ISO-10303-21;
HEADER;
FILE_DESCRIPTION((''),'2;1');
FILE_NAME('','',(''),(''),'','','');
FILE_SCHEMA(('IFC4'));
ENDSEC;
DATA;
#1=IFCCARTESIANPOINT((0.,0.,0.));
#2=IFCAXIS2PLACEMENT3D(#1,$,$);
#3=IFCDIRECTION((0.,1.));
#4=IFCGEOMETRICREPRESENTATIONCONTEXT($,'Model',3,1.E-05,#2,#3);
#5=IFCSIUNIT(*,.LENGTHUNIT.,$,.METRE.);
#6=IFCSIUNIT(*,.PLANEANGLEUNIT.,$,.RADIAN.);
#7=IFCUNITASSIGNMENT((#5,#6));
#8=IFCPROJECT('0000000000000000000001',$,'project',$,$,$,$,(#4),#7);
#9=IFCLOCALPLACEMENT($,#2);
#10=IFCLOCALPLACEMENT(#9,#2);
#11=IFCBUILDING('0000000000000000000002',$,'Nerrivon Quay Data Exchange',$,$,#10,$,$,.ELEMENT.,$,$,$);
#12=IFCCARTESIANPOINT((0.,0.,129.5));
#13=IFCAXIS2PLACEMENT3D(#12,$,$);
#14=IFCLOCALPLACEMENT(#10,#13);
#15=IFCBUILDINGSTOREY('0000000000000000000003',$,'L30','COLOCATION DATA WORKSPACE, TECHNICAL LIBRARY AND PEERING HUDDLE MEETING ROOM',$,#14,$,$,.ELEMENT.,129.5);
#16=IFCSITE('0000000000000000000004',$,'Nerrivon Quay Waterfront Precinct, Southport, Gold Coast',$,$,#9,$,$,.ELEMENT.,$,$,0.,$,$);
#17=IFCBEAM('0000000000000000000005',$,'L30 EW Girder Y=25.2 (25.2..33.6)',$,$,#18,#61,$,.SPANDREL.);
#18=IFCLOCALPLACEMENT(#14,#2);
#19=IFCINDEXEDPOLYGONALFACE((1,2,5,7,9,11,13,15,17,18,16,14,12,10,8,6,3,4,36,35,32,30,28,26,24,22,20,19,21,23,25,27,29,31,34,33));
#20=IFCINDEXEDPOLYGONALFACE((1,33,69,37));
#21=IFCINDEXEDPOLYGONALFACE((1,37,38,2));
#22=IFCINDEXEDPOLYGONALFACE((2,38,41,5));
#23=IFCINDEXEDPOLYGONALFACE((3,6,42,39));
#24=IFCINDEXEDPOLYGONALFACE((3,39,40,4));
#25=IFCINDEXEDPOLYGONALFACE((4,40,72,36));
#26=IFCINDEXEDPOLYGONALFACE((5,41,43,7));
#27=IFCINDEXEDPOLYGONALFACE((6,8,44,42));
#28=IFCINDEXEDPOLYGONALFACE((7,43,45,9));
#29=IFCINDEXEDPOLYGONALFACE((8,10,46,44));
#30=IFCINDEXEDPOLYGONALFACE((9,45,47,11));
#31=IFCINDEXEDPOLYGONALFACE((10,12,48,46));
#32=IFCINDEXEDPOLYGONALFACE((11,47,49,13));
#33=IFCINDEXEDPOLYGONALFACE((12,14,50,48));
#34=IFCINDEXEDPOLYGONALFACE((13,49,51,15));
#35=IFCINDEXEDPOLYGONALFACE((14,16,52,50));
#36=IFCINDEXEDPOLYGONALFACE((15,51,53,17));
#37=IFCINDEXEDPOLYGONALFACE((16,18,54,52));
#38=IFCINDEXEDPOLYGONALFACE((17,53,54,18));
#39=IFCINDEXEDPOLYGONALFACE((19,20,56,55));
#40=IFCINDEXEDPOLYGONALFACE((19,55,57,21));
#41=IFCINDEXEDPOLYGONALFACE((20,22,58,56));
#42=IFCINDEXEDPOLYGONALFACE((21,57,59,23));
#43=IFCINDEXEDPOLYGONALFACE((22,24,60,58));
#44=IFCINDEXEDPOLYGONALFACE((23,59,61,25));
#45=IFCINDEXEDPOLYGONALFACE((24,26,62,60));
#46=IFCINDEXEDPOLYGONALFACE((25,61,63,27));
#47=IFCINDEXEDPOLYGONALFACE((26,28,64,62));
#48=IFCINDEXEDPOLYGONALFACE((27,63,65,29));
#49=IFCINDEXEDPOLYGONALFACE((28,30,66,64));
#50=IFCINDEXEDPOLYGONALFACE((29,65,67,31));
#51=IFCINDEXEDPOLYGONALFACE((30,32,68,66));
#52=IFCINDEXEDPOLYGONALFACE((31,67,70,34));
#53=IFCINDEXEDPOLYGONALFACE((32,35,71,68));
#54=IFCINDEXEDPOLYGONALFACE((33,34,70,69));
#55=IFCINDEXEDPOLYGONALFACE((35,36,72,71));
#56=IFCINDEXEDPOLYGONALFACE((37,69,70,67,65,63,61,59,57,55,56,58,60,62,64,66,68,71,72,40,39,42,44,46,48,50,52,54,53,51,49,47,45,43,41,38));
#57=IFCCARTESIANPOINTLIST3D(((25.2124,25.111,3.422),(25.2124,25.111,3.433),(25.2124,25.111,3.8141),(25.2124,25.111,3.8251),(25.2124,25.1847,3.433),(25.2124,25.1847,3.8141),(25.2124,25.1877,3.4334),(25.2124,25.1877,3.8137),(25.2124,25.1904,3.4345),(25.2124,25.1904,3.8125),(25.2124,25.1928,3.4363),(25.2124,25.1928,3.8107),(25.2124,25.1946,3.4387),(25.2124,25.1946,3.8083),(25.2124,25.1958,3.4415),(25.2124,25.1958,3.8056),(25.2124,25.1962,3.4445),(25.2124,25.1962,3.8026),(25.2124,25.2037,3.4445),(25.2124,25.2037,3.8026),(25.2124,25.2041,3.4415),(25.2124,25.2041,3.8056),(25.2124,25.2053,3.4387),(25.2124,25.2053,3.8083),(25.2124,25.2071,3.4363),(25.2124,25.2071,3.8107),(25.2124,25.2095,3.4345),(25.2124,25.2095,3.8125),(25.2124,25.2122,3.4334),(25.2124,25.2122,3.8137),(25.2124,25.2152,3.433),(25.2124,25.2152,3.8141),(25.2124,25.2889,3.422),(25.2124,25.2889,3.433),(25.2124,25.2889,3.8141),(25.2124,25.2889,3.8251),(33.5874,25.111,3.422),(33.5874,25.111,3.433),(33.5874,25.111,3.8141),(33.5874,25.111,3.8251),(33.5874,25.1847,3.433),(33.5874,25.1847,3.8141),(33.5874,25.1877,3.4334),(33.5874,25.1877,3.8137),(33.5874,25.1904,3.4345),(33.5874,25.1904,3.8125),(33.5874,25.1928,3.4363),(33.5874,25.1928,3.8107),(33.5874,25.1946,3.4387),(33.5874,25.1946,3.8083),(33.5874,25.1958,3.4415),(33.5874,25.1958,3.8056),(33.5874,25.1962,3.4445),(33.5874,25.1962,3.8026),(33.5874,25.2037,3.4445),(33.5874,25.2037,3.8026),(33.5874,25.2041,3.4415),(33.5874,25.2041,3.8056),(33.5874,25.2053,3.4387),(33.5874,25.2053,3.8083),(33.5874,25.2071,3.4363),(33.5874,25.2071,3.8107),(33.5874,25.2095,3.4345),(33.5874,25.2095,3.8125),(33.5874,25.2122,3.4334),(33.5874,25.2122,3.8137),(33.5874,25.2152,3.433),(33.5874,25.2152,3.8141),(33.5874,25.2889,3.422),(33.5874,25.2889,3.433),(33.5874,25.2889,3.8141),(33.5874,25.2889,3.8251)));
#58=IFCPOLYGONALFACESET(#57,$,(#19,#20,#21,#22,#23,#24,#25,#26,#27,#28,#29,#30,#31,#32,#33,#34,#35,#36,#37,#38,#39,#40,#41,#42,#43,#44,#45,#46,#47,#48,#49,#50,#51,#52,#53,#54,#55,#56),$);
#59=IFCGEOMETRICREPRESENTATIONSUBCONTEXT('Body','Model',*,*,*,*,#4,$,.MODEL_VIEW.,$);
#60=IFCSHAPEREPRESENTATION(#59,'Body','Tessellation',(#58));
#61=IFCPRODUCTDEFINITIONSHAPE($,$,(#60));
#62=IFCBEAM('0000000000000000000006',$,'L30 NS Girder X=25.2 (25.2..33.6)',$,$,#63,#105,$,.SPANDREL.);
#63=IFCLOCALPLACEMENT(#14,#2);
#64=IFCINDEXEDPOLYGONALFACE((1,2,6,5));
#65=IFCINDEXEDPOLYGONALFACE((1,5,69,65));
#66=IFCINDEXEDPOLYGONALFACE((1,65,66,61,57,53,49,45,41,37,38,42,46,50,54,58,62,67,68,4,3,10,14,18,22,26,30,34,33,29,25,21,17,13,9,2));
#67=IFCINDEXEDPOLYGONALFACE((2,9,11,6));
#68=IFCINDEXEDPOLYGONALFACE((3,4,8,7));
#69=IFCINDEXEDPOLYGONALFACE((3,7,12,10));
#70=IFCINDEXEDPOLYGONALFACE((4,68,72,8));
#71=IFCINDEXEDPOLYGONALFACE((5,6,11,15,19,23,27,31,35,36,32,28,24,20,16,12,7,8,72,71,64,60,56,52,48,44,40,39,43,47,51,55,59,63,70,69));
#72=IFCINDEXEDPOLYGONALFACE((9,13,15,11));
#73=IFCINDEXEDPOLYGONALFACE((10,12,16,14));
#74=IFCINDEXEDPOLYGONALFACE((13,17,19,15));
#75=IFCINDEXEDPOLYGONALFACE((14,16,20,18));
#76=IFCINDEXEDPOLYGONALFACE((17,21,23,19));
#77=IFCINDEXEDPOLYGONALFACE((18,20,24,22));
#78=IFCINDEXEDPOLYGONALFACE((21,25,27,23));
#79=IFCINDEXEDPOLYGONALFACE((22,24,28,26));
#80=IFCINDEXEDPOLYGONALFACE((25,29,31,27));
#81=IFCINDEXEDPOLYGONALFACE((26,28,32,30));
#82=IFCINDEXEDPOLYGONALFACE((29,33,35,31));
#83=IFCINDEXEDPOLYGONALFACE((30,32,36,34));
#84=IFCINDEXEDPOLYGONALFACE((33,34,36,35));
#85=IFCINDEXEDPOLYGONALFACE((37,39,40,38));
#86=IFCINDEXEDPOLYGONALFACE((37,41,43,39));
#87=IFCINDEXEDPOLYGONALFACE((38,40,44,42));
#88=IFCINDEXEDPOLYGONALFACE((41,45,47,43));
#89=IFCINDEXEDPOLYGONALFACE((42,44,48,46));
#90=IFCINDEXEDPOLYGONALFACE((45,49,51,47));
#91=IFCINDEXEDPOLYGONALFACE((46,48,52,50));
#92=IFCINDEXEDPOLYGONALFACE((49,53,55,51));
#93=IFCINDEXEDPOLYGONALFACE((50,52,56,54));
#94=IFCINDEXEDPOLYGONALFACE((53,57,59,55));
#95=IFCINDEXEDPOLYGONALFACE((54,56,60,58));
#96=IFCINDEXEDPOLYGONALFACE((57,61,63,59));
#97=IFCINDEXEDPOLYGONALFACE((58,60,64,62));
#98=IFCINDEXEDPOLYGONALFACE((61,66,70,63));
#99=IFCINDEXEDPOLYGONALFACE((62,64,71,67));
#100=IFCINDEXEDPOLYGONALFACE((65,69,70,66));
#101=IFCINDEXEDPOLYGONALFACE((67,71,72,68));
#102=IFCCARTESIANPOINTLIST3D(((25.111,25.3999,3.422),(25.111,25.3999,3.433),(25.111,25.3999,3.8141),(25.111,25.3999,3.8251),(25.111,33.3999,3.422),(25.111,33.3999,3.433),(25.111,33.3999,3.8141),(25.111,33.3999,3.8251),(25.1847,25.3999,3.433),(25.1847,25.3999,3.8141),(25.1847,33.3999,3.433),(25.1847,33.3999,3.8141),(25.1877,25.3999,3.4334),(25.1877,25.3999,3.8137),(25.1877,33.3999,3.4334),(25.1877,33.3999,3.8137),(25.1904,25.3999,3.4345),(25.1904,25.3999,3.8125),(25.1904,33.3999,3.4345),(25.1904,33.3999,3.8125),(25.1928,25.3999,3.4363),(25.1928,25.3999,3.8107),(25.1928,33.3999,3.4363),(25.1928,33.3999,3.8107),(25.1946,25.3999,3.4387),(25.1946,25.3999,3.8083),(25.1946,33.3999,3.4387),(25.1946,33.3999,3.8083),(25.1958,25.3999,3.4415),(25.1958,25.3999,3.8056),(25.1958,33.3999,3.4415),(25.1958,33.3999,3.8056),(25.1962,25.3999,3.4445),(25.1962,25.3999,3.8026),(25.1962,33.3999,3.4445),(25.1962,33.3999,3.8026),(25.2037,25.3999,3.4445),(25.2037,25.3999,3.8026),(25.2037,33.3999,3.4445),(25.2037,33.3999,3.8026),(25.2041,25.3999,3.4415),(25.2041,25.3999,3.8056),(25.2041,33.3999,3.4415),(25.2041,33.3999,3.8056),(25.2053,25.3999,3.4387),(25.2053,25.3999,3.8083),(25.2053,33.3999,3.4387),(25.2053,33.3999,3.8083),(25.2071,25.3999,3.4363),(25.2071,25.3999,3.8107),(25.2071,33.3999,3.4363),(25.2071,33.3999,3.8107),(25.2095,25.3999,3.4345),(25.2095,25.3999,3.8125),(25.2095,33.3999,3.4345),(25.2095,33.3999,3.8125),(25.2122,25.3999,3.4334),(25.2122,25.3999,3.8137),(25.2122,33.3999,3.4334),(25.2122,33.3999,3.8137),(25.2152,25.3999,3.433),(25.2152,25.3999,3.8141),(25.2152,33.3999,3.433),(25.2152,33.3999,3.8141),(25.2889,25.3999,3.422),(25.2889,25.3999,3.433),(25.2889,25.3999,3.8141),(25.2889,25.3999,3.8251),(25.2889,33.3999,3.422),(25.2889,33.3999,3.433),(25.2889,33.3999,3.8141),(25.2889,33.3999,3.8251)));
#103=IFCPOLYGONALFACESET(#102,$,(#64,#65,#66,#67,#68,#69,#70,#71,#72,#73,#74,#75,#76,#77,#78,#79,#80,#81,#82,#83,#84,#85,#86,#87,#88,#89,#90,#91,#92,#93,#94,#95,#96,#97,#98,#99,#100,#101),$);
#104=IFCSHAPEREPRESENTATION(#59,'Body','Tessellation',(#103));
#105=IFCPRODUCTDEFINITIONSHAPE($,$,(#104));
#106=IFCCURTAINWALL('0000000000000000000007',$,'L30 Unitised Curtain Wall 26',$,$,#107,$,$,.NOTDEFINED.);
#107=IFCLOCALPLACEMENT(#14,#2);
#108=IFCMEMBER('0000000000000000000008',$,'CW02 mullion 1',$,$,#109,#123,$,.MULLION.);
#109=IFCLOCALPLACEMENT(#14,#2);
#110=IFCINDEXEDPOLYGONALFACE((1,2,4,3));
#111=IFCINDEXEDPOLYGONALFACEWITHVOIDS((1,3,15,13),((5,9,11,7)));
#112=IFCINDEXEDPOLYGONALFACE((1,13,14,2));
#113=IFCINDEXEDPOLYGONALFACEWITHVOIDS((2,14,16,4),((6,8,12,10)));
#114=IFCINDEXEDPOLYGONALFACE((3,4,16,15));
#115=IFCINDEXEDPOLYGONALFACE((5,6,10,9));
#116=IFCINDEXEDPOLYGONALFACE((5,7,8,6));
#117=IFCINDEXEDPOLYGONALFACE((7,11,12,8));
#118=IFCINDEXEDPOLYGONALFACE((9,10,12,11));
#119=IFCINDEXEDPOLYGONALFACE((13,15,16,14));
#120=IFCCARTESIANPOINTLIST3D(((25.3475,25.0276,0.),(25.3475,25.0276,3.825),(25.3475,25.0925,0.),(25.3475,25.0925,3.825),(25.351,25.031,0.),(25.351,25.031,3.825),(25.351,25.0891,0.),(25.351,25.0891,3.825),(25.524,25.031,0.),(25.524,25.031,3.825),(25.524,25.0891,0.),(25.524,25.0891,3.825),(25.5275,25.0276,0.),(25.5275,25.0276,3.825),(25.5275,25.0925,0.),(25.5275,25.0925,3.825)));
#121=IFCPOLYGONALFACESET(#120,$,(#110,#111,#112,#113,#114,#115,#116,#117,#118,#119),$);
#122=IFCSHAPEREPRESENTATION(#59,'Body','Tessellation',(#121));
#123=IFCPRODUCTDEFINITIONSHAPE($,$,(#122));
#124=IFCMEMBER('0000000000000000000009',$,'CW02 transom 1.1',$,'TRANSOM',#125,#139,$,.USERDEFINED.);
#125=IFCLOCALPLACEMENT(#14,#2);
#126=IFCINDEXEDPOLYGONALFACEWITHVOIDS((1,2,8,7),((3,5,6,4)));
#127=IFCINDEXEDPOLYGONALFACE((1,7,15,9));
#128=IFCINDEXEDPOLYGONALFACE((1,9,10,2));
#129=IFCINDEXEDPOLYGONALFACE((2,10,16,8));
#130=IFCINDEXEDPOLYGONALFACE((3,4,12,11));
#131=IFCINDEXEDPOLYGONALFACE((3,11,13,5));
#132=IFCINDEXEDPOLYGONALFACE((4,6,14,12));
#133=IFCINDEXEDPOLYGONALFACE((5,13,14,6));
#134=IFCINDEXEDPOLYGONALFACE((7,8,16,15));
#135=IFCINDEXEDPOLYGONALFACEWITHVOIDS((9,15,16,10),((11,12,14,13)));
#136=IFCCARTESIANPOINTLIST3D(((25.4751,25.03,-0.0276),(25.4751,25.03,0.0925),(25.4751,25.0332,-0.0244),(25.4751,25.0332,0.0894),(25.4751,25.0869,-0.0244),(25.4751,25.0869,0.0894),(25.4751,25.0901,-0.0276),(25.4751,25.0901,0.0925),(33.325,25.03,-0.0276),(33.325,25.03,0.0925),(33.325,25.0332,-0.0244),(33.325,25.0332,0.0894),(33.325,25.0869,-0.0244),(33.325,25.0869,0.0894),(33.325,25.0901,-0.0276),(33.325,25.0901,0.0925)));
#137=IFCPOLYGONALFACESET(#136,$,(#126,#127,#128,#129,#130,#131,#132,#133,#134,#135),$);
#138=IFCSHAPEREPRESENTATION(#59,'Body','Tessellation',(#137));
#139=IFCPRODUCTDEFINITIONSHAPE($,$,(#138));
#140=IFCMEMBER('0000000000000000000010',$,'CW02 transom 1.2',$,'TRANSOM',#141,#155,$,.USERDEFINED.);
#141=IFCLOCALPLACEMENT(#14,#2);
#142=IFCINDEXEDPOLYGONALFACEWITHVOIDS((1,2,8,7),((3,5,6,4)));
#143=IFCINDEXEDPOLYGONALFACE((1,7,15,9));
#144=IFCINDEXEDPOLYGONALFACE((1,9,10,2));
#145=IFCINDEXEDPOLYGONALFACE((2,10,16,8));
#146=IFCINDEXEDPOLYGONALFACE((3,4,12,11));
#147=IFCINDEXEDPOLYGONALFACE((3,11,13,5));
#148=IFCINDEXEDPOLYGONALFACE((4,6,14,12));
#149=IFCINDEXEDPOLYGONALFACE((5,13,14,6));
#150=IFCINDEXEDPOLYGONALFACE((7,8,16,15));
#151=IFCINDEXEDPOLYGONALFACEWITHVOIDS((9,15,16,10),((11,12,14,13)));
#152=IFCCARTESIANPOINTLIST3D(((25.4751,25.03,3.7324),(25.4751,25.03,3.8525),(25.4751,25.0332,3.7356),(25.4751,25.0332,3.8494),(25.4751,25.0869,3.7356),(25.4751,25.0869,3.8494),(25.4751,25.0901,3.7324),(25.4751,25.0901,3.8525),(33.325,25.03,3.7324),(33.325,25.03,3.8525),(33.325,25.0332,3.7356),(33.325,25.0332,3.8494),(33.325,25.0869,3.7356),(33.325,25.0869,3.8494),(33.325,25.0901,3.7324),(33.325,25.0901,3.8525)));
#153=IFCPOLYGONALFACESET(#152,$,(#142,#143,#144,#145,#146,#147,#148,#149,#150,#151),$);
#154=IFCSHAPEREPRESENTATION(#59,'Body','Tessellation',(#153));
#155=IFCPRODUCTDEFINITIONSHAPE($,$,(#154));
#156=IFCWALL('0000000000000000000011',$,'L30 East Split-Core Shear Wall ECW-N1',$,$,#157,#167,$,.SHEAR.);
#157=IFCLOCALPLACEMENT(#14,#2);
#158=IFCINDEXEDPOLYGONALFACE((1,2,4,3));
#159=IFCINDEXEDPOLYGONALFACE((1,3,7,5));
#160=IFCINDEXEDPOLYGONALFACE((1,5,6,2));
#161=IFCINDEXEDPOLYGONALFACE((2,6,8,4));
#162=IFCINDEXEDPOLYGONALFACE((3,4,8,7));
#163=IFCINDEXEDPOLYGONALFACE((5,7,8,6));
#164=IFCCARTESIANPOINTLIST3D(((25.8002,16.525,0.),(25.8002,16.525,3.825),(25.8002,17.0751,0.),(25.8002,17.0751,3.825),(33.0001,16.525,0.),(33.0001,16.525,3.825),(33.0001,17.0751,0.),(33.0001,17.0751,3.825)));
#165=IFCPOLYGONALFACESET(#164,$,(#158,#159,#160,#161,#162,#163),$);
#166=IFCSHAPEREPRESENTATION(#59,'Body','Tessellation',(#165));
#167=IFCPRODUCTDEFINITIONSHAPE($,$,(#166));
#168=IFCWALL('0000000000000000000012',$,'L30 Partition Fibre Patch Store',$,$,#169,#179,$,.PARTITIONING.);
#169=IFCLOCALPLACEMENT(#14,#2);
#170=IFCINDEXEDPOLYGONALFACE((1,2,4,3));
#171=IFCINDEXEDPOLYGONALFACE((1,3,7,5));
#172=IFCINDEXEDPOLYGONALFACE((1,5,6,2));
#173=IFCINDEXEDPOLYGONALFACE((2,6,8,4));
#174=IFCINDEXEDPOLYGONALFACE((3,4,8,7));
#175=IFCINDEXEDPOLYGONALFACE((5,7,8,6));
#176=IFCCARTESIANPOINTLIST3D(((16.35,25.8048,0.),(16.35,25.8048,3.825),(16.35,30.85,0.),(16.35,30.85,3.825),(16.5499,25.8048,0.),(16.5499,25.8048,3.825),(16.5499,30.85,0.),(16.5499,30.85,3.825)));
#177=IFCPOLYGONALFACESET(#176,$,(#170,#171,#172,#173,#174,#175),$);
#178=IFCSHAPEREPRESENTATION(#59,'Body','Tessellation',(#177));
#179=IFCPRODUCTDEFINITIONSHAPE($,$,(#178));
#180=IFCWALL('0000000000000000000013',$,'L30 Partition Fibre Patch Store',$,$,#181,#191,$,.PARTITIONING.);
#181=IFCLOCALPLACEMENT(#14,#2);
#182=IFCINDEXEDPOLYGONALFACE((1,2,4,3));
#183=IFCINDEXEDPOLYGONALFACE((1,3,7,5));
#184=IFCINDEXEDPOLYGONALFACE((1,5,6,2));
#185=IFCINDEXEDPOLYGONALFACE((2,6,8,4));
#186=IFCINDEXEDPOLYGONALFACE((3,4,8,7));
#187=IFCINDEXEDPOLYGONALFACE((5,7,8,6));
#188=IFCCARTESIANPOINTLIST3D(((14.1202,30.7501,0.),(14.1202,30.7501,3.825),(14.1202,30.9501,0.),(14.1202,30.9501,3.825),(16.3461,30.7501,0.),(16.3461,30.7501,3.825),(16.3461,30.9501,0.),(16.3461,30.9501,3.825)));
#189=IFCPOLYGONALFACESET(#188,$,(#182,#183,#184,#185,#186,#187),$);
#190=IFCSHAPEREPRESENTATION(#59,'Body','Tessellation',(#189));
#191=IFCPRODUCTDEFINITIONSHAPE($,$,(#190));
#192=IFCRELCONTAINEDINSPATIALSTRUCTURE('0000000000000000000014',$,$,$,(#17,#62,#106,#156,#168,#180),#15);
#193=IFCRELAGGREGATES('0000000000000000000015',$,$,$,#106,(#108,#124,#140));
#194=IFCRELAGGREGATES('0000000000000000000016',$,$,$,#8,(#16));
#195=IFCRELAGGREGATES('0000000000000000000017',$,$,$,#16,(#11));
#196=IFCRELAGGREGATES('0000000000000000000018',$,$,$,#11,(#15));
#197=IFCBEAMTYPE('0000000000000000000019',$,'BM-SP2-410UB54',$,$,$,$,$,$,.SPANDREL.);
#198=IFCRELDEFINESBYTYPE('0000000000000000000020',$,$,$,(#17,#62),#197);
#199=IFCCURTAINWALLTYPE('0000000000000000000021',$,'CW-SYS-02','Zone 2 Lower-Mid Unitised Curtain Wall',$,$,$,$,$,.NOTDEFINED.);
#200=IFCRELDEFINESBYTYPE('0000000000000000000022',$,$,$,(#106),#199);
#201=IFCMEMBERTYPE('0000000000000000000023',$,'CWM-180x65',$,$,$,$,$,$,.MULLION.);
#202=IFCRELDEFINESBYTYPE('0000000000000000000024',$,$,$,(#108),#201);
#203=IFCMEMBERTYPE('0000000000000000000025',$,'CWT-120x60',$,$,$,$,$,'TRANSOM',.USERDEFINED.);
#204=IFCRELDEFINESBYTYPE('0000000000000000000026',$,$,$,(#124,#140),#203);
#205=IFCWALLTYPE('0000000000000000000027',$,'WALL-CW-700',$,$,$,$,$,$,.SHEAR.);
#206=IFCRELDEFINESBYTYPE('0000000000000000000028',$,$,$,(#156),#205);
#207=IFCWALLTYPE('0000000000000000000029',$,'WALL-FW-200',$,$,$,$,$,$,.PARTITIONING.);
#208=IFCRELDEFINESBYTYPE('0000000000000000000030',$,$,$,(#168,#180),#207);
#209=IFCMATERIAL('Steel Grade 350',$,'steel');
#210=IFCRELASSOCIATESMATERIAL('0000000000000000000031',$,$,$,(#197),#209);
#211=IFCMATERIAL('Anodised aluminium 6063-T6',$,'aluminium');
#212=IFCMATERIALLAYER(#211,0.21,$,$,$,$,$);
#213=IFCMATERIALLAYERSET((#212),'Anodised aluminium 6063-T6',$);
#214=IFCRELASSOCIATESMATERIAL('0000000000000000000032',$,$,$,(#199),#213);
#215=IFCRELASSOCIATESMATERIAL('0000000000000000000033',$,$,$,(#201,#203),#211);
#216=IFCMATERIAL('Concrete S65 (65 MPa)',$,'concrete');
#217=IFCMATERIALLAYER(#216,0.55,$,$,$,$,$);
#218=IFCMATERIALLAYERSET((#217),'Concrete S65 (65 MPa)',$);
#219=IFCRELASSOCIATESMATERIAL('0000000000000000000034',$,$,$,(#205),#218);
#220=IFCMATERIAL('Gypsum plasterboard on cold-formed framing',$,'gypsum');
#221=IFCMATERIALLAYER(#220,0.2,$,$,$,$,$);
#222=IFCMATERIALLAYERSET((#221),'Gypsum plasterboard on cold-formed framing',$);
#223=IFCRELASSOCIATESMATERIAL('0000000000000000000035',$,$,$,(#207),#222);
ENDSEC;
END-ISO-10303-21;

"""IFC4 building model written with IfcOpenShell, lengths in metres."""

from ifc_helpers import new_model, si_unit, direction, frame, frame_2d, origin, origin_2d, place, context, subcontext, project, spatial, rectangle, hollow_rectangle, i_section, extrude, material, layer, layer_set, material_profile, profile_set, type_object, element, aggregate, save


model = new_model("IFC4")

# Units and contexts
model_context = context("Model", 3, precision=1e-05, world=origin(), true_north=direction((0.0, 1.0)))
body_context = subcontext(model_context, "Body", "Model", "MODEL_VIEW")
ifc_project = project(units=[si_unit("LENGTHUNIT", "METRE"), si_unit("PLANEANGLEUNIT", "RADIAN")], contexts=[model_context])

# Site, building, storey
site_placement = place(None, origin())
site = spatial("IfcSite", under=ifc_project, at=site_placement, Name="Nerrivon Quay Waterfront Precinct, Southport, Gold Coast", CompositionType="ELEMENT", RefElevation=0.0)
building_placement = place(site_placement, origin())
building = spatial("IfcBuilding", under=site, at=building_placement, Name="Nerrivon Quay Data Exchange", CompositionType="ELEMENT")
storey_placement = place(building_placement, frame((0.0, 0.0, 129.5)))
storey = spatial("IfcBuildingStorey", under=building, at=storey_placement, Name="L30", Description="COLOCATION DATA WORKSPACE, TECHNICAL LIBRARY AND PEERING HUDDLE MEETING ROOM", CompositionType="ELEMENT", Elevation=129.5)

# Shared definitions
ifc_material_1 = material(Name="Concrete S65 (65 MPa)", Category="concrete")
ifc_material_2 = material(Name="Steel Grade 350", Category="steel")

# Beams
ifc_material_profile_1 = material_profile(ifc_material_2, i_section(OverallWidth=0.178, OverallDepth=0.4031, WebThickness=0.0076, FlangeThickness=0.011, FilletRadius=0.0115, at=origin_2d()), Name="410UB53.7")
ifc_profile_set_1 = profile_set([ifc_material_profile_1], Name="Steel Grade 350")
beam_type_1 = type_object("IfcBeamType", Name="BM-SP2-410UB54", PredefinedType="SPANDREL", material=ifc_profile_set_1)
beam_1_placement = place(storey_placement, frame((25.2124, 25.2, 3.6235), z_axis=(1.0, 0.0, 0.0), x_axis=(0.0, 1.0, 0.0)))
element("IfcBeam", 1, at=beam_1_placement, inside=storey, type_object=beam_type_1, Name="L30 EW Girder Y=25.2 (25.2..33.6)", PredefinedType="SPANDREL", context=body_context, shape_type="SweptSolid", body=[
    extrude(i_section(OverallWidth=0.178, OverallDepth=0.4031, WebThickness=0.0076, FlangeThickness=0.011, FilletRadius=0.0115, at=origin_2d()), origin(), (0.0, 0.0, 1.0), 8.375),
])
beam_2_placement = place(storey_placement, frame((25.2, 25.3999, 3.6235), z_axis=(0.0, 1.0, 0.0), x_axis=(-1.0, 0.0, 0.0)))
element("IfcBeam", 2, at=beam_2_placement, inside=storey, type_object=beam_type_1, Name="L30 NS Girder X=25.2 (25.2..33.6)", PredefinedType="SPANDREL", context=body_context, shape_type="SweptSolid", body=[
    extrude(i_section(OverallWidth=0.178, OverallDepth=0.4031, WebThickness=0.0076, FlangeThickness=0.011, FilletRadius=0.0115, at=origin_2d()), origin(), (0.0, 0.0, 1.0), 8.0),
])

# Curtain wall, members
ifc_material_3 = material(Name="Anodised aluminium 6063-T6", Category="aluminium")
ifc_layer_1 = layer(ifc_material_3, 0.21)
ifc_layer_set_1 = layer_set([ifc_layer_1], Name="Anodised aluminium 6063-T6")
curtain_wall_type = type_object("IfcCurtainWallType", Name="CW-SYS-02", Description="Zone 2 Lower-Mid Unitised Curtain Wall", PredefinedType="NOTDEFINED", material=ifc_layer_set_1)
curtain_wall_placement = place(storey_placement, origin())
curtain_wall = element("IfcCurtainWall", 3, at=curtain_wall_placement, inside=storey, type_object=curtain_wall_type, Name="L30 Unitised Curtain Wall 26", PredefinedType="NOTDEFINED")
ifc_material_profile_2 = material_profile(ifc_material_3, hollow_rectangle(XDim=0.0649, YDim=0.1799, WallThickness=0.0034, at=origin_2d()), Name="ALU-MULL-180x65")
ifc_profile_set_2 = profile_set([ifc_material_profile_2], Name="Anodised aluminium 6063-T6")
member_type_1 = type_object("IfcMemberType", Name="CWM-180x65", PredefinedType="MULLION", material=ifc_profile_set_2)
member_1_placement = place(storey_placement, frame((25.4375, 25.0601, 0.0), z_axis=(0.0, 0.0, 1.0), x_axis=(0.0, 1.0, 0.0)))
member_1 = element("IfcMember", 4, at=member_1_placement, type_object=member_type_1, Name="CW02 mullion 1", PredefinedType="MULLION", context=body_context, shape_type="SweptSolid", body=[
    extrude(hollow_rectangle(XDim=0.0649, YDim=0.1799, WallThickness=0.0034, at=origin_2d()), origin(), (0.0, 0.0, 1.0), 3.825),
])
ifc_material_profile_3 = material_profile(ifc_material_3, hollow_rectangle(XDim=0.0601, YDim=0.1201, WallThickness=0.0032, at=origin_2d()), Name="ALU-TRAN-120x60")
ifc_profile_set_3 = profile_set([ifc_material_profile_3], Name="Anodised aluminium 6063-T6")
member_type_2 = type_object("IfcMemberType", Name="CWT-120x60", ElementType="TRANSOM", PredefinedType="USERDEFINED", material=ifc_profile_set_3)
member_2_placement = place(storey_placement, frame((25.4751, 25.0601, 0.0325), z_axis=(1.0, 0.0, 0.0), x_axis=(0.0, 1.0, 0.0)))
member_2 = element("IfcMember", 5, at=member_2_placement, type_object=member_type_2, Name="CW02 transom 1.1", ObjectType="TRANSOM", PredefinedType="USERDEFINED", context=body_context, shape_type="SweptSolid", body=[
    extrude(hollow_rectangle(XDim=0.0601, YDim=0.1201, WallThickness=0.0032, at=origin_2d()), origin(), (0.0, 0.0, 1.0), 7.8499),
])
member_3_placement = place(storey_placement, frame((25.4751, 25.0601, 3.7925), z_axis=(1.0, 0.0, 0.0), x_axis=(0.0, 1.0, 0.0)))
member_3 = element("IfcMember", 6, at=member_3_placement, type_object=member_type_2, Name="CW02 transom 1.2", ObjectType="TRANSOM", PredefinedType="USERDEFINED", context=body_context, shape_type="SweptSolid", body=[
    extrude(hollow_rectangle(XDim=0.0601, YDim=0.1201, WallThickness=0.0032, at=origin_2d()), origin(), (0.0, 0.0, 1.0), 7.8499),
])
aggregate(curtain_wall, [member_1, member_2, member_3])

# Walls
ifc_layer_2 = layer(ifc_material_1, 0.55)
ifc_layer_set_2 = layer_set([ifc_layer_2], Name="Concrete S65 (65 MPa)")
wall_type_1 = type_object("IfcWallType", Name="WALL-CW-700", PredefinedType="SHEAR", material=ifc_layer_set_2)
wall_1_placement = place(storey_placement, frame((25.8, 16.8, 0.0), z_axis=(0.0, 0.0, 1.0), x_axis=(1.0, 0.0, 0.0)))
element("IfcWall", 7, at=wall_1_placement, inside=storey, type_object=wall_type_1, Name="L30 East Split-Core Shear Wall ECW-N1", PredefinedType="SHEAR", context=body_context, shape_type="SweptSolid", body=[
    extrude(rectangle(XDim=7.2, YDim=0.55, at=frame_2d((3.6001, 0.0))), origin(), (0.0, 0.0, 1.0), 3.825),
])
ifc_material_4 = material(Name="Gypsum plasterboard on cold-formed framing", Category="gypsum")
ifc_layer_3 = layer(ifc_material_4, 0.2)
ifc_layer_set_3 = layer_set([ifc_layer_3], Name="Gypsum plasterboard on cold-formed framing")
wall_type_2 = type_object("IfcWallType", Name="WALL-FW-200", PredefinedType="PARTITIONING", material=ifc_layer_set_3)
wall_2_placement = place(storey_placement, frame((16.45, 25.8049, 0.0), z_axis=(0.0, 0.0, 1.0), x_axis=(0.0, 1.0, 0.0)))
element("IfcWall", 8, at=wall_2_placement, inside=storey, type_object=wall_type_2, Name="L30 Partition Fibre Patch Store", PredefinedType="PARTITIONING", context=body_context, shape_type="SweptSolid", body=[
    extrude(rectangle(XDim=5.0452, YDim=0.2, at=frame_2d((2.5225, 0.0))), origin(), (0.0, 0.0, 1.0), 3.825),
])
wall_3_placement = place(storey_placement, frame((16.3459, 30.8501, 0.0), z_axis=(0.0, 0.0, 1.0), x_axis=(-1.0, 0.0, 0.0)))
element("IfcWall", 9, at=wall_3_placement, inside=storey, type_object=wall_type_2, Name="L30 Partition Fibre Patch Store", PredefinedType="PARTITIONING", context=body_context, shape_type="SweptSolid", body=[
    extrude(rectangle(XDim=2.2258, YDim=0.2, at=frame_2d((1.1128, 0.0))), origin(), (0.0, 0.0, 1.0), 3.825),
])

save(model, "model.ifc")
